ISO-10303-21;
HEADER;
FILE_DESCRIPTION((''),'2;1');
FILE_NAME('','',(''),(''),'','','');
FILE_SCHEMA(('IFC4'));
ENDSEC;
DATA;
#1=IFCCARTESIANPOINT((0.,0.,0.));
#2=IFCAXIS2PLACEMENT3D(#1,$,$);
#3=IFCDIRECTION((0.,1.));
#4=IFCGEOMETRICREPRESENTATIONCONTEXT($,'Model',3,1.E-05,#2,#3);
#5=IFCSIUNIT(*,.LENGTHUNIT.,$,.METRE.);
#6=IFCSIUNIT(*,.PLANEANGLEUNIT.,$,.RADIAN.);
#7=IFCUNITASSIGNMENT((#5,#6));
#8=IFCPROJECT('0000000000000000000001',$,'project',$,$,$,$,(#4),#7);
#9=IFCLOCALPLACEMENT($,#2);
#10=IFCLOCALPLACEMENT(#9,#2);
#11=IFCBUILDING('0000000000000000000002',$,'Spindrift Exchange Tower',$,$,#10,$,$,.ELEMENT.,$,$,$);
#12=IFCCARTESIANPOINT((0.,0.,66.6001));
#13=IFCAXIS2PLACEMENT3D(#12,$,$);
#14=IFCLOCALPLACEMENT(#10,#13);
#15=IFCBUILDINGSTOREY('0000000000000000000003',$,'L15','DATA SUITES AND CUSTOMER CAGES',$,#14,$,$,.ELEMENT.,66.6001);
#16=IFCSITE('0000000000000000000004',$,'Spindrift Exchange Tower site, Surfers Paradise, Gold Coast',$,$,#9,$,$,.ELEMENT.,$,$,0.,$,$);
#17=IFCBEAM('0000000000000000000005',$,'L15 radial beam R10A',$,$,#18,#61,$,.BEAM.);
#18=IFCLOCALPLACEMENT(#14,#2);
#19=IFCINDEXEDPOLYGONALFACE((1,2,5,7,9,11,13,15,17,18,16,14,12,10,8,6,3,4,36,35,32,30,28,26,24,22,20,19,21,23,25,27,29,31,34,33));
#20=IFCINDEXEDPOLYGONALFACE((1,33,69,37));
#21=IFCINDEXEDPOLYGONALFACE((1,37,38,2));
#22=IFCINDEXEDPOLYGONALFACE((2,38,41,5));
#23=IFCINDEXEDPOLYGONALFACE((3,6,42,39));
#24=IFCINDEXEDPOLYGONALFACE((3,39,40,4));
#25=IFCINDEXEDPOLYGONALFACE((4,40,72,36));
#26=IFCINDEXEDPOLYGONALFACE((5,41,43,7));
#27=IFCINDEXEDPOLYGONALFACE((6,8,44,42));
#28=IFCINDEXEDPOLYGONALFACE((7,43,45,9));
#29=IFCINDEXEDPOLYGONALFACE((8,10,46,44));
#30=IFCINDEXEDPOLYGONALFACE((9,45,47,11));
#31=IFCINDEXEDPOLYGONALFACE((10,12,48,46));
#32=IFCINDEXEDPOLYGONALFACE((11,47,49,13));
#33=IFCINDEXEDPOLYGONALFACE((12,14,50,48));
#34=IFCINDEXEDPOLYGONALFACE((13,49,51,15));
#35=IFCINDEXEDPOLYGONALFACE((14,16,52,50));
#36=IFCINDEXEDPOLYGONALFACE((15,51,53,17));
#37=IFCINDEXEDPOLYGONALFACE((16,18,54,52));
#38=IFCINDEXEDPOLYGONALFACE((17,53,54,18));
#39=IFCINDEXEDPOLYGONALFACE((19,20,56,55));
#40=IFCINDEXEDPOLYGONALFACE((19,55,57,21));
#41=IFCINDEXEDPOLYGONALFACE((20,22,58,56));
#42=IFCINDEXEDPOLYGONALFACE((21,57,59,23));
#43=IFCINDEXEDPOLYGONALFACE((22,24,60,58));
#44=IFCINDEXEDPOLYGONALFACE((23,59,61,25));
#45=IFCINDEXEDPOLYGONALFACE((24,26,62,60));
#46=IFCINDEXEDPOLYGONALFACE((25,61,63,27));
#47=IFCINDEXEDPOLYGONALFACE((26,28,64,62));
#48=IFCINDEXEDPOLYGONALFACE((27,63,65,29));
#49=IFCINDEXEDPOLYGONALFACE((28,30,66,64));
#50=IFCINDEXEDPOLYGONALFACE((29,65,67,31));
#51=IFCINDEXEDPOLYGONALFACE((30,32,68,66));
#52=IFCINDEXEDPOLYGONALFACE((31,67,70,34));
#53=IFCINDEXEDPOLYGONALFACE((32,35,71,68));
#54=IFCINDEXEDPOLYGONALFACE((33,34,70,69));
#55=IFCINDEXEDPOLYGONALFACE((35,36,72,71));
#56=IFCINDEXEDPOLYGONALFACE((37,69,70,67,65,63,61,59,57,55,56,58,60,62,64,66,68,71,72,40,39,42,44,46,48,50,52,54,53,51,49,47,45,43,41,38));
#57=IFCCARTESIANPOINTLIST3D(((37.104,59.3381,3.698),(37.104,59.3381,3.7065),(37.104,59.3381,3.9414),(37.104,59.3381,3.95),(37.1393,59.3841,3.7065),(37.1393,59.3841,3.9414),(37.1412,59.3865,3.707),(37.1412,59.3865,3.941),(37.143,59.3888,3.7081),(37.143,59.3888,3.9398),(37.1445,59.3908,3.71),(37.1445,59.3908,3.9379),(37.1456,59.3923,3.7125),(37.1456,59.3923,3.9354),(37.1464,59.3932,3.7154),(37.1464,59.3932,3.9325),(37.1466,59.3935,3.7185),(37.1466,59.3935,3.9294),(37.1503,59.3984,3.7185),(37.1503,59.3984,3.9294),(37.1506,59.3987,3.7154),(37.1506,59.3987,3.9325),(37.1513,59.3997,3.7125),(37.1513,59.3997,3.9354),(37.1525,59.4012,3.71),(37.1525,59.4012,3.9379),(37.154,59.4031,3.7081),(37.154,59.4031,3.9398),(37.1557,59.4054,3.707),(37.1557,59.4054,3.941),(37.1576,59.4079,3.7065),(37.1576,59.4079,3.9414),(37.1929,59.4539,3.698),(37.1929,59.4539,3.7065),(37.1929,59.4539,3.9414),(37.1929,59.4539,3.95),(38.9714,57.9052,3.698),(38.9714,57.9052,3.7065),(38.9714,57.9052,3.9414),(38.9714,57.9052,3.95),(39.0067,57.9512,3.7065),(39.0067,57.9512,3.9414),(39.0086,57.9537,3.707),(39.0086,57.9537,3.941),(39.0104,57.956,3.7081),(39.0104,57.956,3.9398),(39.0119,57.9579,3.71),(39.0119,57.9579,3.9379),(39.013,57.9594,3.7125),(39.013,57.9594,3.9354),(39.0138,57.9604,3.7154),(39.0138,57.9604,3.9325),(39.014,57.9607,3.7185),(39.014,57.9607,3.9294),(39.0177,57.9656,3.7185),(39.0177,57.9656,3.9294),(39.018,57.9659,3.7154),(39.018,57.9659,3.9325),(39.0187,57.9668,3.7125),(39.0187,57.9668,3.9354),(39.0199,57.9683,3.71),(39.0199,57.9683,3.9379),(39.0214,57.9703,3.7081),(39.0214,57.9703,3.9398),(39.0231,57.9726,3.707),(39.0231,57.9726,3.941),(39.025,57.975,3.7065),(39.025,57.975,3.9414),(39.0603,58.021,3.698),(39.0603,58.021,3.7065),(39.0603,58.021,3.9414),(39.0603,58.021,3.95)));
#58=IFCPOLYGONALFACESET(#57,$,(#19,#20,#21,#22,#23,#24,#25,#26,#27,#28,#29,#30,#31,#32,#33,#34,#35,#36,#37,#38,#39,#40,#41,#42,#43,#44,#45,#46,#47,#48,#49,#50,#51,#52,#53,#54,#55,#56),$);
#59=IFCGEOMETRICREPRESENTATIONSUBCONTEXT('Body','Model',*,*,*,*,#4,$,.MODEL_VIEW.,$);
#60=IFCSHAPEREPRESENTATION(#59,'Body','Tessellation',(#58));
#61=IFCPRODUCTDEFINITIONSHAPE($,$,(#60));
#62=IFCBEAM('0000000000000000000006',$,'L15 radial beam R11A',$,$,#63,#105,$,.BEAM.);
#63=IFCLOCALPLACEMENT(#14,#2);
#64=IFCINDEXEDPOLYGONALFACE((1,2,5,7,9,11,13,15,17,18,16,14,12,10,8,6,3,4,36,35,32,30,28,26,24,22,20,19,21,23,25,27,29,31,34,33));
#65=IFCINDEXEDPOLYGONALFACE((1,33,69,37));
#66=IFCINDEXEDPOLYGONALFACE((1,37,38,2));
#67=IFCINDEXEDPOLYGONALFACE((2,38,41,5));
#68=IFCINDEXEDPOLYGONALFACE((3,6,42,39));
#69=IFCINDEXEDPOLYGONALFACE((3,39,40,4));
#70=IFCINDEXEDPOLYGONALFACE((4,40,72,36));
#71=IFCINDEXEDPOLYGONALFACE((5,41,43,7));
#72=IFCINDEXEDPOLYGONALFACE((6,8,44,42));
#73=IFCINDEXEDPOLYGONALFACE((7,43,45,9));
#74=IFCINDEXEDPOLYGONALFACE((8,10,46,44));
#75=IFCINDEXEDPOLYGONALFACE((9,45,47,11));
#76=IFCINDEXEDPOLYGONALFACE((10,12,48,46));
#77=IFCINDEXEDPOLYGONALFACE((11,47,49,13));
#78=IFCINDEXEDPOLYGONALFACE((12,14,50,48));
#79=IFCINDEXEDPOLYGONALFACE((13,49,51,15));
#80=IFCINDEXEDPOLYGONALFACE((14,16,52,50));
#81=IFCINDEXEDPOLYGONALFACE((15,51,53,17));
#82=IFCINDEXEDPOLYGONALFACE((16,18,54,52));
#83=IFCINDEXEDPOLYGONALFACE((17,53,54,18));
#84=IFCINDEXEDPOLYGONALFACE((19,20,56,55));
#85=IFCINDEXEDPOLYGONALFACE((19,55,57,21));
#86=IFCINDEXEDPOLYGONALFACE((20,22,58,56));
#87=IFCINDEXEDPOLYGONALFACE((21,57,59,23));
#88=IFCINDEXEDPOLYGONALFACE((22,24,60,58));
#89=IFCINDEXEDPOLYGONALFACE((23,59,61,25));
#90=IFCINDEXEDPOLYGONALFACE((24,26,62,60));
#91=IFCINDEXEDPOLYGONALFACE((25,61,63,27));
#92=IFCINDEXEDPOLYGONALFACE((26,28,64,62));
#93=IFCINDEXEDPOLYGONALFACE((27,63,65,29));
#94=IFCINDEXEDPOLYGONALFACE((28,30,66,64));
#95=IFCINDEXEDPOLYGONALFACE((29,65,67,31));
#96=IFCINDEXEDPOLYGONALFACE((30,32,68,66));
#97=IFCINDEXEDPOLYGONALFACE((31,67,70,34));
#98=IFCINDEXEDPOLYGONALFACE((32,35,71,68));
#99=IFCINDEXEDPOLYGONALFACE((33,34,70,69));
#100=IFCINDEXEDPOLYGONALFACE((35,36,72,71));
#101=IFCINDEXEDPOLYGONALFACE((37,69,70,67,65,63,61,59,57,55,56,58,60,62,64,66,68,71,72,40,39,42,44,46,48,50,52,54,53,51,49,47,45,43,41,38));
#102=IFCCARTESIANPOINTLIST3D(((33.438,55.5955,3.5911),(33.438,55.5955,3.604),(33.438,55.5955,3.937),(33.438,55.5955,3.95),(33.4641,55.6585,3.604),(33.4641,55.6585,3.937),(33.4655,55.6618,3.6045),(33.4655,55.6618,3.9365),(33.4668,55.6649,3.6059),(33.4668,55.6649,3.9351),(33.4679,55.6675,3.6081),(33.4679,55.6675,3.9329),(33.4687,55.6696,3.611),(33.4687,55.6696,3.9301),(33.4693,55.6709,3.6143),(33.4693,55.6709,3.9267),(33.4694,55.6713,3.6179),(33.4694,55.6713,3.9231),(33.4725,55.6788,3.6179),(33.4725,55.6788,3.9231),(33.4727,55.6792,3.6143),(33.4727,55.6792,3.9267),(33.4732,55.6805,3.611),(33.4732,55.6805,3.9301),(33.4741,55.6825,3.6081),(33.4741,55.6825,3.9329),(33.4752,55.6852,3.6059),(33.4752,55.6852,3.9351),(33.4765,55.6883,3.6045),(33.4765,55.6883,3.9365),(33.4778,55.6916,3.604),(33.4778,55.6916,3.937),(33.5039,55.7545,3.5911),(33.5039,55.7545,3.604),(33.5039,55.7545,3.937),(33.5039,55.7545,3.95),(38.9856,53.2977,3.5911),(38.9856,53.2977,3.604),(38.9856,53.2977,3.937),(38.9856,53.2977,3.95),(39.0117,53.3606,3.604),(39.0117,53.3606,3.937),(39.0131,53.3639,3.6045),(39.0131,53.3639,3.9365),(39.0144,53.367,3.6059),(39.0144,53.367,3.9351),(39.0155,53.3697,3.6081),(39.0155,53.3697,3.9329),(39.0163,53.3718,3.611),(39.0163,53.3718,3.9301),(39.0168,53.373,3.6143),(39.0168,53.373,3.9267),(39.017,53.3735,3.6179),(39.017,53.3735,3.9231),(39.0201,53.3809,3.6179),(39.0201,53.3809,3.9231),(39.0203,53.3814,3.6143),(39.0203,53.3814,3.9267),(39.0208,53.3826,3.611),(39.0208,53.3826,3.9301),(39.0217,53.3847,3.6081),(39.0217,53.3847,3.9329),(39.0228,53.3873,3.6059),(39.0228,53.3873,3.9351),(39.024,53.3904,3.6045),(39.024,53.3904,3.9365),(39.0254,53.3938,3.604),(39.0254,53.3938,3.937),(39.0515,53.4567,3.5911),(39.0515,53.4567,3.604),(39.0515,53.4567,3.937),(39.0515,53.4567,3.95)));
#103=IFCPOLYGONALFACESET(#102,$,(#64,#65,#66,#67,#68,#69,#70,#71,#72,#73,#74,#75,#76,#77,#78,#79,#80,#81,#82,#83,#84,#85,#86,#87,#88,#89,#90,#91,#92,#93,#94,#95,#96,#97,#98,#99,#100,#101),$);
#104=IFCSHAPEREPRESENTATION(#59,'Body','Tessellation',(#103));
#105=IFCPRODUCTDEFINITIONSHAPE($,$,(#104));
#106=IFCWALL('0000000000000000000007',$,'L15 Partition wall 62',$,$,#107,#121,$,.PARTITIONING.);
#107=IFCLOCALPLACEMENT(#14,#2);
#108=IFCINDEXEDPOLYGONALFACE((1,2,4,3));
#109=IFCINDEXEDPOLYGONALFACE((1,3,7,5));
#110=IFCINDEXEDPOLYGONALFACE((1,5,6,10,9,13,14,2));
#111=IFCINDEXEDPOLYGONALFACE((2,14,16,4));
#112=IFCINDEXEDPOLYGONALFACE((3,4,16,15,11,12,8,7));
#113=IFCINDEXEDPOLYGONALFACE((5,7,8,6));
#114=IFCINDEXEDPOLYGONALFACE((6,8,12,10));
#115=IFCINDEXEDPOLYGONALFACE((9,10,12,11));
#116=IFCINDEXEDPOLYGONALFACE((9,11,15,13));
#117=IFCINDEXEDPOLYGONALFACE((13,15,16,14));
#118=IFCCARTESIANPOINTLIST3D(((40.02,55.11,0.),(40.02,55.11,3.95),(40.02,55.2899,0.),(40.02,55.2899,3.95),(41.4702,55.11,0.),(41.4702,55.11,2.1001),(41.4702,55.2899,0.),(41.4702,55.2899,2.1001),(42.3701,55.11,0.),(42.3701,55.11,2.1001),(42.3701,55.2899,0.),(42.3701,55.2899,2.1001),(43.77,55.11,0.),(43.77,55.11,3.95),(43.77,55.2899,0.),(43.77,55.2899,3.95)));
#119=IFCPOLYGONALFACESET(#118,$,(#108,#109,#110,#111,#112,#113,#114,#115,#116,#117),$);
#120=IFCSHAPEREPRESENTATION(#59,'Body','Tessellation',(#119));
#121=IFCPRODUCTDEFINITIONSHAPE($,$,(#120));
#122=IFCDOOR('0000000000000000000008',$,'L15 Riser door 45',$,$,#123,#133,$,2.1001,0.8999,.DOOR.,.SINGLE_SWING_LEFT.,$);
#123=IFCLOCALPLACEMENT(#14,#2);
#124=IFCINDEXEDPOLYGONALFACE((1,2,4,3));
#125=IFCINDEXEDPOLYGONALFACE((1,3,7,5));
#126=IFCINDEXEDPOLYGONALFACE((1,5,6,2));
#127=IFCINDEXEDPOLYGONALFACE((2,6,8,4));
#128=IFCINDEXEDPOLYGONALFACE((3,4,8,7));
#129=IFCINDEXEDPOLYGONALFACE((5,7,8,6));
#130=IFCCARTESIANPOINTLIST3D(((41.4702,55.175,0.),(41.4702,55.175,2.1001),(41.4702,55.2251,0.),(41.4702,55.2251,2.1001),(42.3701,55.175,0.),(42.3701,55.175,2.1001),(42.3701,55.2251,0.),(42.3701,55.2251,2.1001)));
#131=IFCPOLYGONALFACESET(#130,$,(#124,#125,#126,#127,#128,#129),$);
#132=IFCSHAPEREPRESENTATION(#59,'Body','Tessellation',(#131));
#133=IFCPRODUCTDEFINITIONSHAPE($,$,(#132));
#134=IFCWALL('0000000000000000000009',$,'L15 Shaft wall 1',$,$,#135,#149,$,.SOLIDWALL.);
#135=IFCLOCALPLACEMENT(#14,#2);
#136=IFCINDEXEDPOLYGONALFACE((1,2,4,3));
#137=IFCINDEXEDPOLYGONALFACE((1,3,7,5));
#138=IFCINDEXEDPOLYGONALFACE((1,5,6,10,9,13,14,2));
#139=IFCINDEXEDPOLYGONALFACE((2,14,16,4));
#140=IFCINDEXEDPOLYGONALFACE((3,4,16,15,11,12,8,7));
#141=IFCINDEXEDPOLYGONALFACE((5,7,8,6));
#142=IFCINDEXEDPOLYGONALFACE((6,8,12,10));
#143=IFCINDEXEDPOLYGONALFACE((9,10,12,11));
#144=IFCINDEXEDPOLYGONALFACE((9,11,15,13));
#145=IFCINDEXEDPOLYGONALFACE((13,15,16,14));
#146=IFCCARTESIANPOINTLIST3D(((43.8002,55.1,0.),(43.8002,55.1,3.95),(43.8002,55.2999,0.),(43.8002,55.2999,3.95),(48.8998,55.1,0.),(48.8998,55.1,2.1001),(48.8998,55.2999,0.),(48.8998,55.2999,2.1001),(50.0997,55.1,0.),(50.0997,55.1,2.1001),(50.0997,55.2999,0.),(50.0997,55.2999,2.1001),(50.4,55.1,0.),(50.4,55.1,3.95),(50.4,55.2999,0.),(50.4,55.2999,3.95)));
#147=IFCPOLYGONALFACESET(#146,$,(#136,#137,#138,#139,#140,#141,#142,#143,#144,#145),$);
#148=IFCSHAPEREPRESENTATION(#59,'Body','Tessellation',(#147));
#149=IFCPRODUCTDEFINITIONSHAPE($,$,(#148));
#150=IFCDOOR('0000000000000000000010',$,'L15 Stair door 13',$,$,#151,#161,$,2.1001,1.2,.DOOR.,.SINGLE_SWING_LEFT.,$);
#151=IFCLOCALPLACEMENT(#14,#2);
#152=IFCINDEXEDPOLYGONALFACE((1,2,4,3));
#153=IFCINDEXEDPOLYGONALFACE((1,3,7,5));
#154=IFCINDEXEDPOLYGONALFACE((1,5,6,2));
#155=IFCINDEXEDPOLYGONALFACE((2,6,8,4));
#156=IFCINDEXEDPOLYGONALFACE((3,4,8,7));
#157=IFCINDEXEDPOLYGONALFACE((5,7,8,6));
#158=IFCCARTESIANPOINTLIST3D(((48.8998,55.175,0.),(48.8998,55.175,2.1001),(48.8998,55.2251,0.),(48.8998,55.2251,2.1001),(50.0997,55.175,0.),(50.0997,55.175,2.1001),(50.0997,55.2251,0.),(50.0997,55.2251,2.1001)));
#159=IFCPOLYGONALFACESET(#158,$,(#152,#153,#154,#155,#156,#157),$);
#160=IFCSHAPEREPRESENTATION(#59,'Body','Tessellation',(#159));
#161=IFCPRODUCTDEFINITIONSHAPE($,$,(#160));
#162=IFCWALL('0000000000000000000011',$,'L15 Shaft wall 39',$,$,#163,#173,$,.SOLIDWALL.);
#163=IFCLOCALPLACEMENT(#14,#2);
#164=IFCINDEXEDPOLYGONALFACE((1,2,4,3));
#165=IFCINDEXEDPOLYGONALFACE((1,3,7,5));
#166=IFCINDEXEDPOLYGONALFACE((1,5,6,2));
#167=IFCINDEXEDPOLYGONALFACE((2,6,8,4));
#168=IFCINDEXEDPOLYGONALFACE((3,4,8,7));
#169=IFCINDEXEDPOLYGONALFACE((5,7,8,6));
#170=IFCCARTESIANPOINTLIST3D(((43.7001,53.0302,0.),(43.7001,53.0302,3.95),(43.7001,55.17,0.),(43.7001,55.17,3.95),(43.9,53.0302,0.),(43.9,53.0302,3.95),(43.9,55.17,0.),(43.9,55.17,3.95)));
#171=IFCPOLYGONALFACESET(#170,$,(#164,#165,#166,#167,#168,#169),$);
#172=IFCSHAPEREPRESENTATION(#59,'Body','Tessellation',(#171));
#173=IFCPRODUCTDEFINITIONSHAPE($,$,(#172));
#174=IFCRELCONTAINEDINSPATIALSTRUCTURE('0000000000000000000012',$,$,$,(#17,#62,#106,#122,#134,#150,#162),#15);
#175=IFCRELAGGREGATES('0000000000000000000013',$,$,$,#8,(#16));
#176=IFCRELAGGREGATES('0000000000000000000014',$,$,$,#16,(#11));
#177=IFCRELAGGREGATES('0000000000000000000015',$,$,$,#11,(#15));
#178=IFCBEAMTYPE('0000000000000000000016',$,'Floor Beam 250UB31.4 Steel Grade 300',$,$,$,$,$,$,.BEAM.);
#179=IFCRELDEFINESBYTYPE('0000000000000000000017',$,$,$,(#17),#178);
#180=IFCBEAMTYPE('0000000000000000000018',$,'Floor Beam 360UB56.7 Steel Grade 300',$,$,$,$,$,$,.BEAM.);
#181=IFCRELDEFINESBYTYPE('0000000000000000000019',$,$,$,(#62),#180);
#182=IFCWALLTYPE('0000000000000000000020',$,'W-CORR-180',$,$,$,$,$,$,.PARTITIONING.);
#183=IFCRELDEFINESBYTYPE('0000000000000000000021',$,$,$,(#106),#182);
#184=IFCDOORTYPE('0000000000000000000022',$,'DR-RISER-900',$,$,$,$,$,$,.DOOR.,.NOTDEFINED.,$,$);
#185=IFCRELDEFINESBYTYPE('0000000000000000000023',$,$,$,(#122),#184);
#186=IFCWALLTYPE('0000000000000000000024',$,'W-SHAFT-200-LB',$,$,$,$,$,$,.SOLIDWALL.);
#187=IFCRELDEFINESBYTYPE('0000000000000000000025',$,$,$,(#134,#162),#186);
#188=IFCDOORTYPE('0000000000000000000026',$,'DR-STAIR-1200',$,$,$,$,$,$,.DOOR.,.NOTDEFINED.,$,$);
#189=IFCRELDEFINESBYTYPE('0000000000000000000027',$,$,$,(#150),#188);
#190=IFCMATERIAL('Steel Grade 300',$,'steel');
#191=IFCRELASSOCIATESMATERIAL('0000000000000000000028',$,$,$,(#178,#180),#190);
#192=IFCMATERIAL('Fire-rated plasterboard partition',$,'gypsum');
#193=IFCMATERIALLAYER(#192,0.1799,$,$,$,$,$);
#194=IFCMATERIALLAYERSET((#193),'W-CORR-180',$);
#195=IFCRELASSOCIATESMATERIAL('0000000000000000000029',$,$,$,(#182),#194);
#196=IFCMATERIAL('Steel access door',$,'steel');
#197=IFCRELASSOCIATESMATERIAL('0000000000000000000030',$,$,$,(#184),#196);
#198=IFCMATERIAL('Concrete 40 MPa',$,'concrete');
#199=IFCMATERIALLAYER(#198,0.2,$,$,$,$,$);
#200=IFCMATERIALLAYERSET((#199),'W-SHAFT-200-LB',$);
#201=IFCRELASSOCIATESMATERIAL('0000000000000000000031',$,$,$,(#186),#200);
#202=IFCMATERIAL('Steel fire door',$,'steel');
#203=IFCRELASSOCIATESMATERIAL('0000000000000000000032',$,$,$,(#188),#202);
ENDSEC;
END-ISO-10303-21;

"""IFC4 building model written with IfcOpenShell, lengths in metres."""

from ifc_helpers import new_model, si_unit, direction, frame, frame_2d, origin, origin_2d, place, context, subcontext, project, spatial, rectangle, i_section, extrude, source, transform, mapped, material, layer, layer_set, material_profile, profile_set, type_object, element, fill, save


model = new_model("IFC4")

# Units and contexts
model_context = context("Model", 3, precision=1e-05, world=origin(), true_north=direction((0.0, 1.0)))
body_context = subcontext(model_context, "Body", "Model", "MODEL_VIEW")
ifc_project = project(units=[si_unit("LENGTHUNIT", "METRE"), si_unit("PLANEANGLEUNIT", "RADIAN")], contexts=[model_context])

# Site, building, storey
site_placement = place(None, origin())
site = spatial("IfcSite", under=ifc_project, at=site_placement, Name="Spindrift Exchange Tower site, Surfers Paradise, Gold Coast", CompositionType="ELEMENT", RefElevation=0.0)
building_placement = place(site_placement, origin())
building = spatial("IfcBuilding", under=site, at=building_placement, Name="Spindrift Exchange Tower", CompositionType="ELEMENT")
storey_placement = place(building_placement, frame((0.0, 0.0, 66.6001)))
storey = spatial("IfcBuildingStorey", under=building, at=storey_placement, Name="L15", Description="DATA SUITES AND CUSTOMER CAGES", CompositionType="ELEMENT", Elevation=66.6001)

# Beams
ifc_material_1 = material(Name="Steel Grade 300", Category="steel")
ifc_material_profile_1 = material_profile(ifc_material_1, i_section(OverallWidth=0.146, OverallDepth=0.252, WebThickness=0.0061, FlangeThickness=0.0085, FilletRadius=0.012, at=origin_2d()), Name="250UB31.4")
ifc_profile_set_1 = profile_set([ifc_material_profile_1], Name="Steel Grade 300")
beam_type_1 = type_object("IfcBeamType", Name="Floor Beam 250UB31.4 Steel Grade 300", PredefinedType="BEAM", material=ifc_profile_set_1)
shared_shape_1 = source(origin(), body_context, "Body", "SweptSolid", [
    extrude(i_section(OverallWidth=0.146, OverallDepth=0.252, WebThickness=0.0061, FlangeThickness=0.0085, FilletRadius=0.012, at=origin_2d()), origin(), (0.0, 0.0, 1.0), 2.3538),
])
beam_1_placement = place(storey_placement, frame((39.0159, 57.9631, 3.824), z_axis=(-0.793368, 0.608743, 0.0), x_axis=(-0.608743, -0.793368, 0.0)))
element("IfcBeam", 1, at=beam_1_placement, inside=storey, type_object=beam_type_1, Name="L15 radial beam R10A", PredefinedType="BEAM", context=body_context, shape_type="MappedRepresentation", body=[
    mapped(shared_shape_1, transform((0.0, 0.0, 0.0), scale=1.0)),
])
ifc_material_profile_2 = material_profile(ifc_material_1, i_section(OverallWidth=0.1721, OverallDepth=0.3589, WebThickness=0.0081, FlangeThickness=0.0129, FilletRadius=0.0139, at=origin_2d()), Name="360UB56.7")
ifc_profile_set_2 = profile_set([ifc_material_profile_2], Name="Steel Grade 300")
beam_type_2 = type_object("IfcBeamType", Name="Floor Beam 360UB56.7 Steel Grade 300", PredefinedType="BEAM", material=ifc_profile_set_2)
shared_shape_2 = source(origin(), body_context, "Body", "SweptSolid", [
    extrude(i_section(OverallWidth=0.1721, OverallDepth=0.3589, WebThickness=0.0081, FlangeThickness=0.0129, FilletRadius=0.0139, at=origin_2d()), origin(), (0.0, 0.0, 1.0), 6.0046),
])
beam_2_placement = place(storey_placement, frame((39.0186, 53.3772, 3.7705), z_axis=(-0.923882, 0.382677, 0.0), x_axis=(-0.382677, -0.923882, 0.0)))
element("IfcBeam", 2, at=beam_2_placement, inside=storey, type_object=beam_type_2, Name="L15 radial beam R11A", PredefinedType="BEAM", context=body_context, shape_type="MappedRepresentation", body=[
    mapped(shared_shape_2, transform((0.0, 0.0, 0.0), scale=1.0)),
])

# Walls, openings, doors
ifc_material_2 = material(Name="Fire-rated plasterboard partition", Category="gypsum")
ifc_layer_1 = layer(ifc_material_2, 0.1799)
ifc_layer_set_1 = layer_set([ifc_layer_1], Name="W-CORR-180")
wall_type_1 = type_object("IfcWallType", Name="W-CORR-180", PredefinedType="PARTITIONING", material=ifc_layer_set_1)
wall_1_placement = place(storey_placement, frame((43.77, 55.2, 0.0), z_axis=(0.0, 0.0, 1.0), x_axis=(-1.0, 0.0, 0.0)))
wall_1 = element("IfcWall", 3, at=wall_1_placement, inside=storey, type_object=wall_type_1, Name="L15 Partition wall 62", PredefinedType="PARTITIONING", context=body_context, shape_type="SweptSolid", body=[
    extrude(rectangle(XDim=3.75, YDim=0.1799, at=frame_2d((1.875, 0.0))), origin(), (0.0, 0.0, 1.0), 3.95),
])
opening_1_placement = place(wall_1_placement, frame((1.3999, 0.0, 0.0)))
opening_1 = element("IfcOpeningElement", 4, at=opening_1_placement, cuts=wall_1, PredefinedType="OPENING", context=body_context, shape_type="SweptSolid", body=[
    extrude(rectangle(XDim=0.8999, YDim=2.1001, at=frame_2d((0.45, 1.05))), frame((0.0, 0.0999, 0.0), z_axis=(0.0, -1.0, 0.0), x_axis=(1.0, 0.0, 0.0)), (0.0, 0.0, 1.0), 0.2),
])
ifc_material_3 = material(Name="Steel access door", Category="steel")
door_type_1 = type_object("IfcDoorType", Name="DR-RISER-900", OperationType="NOTDEFINED", PredefinedType="DOOR", material=ifc_material_3)
shared_shape_3 = source(origin(), body_context, "Body", "SweptSolid", [
    extrude(rectangle(XDim=0.8999, YDim=2.1001, at=frame_2d((0.45, 1.05))), frame((0.0, 0.0249, 0.0), z_axis=(0.0, -1.0, 0.0), x_axis=(1.0, 0.0, 0.0)), (0.0, 0.0, 1.0), 0.05),
])
door_1_placement = place(opening_1_placement, origin())
door_1 = element("IfcDoor", 5, at=door_1_placement, inside=storey, type_object=door_type_1, Name="L15 Riser door 45", OperationType="SINGLE_SWING_LEFT", OverallHeight=2.1001, OverallWidth=0.8999, PredefinedType="DOOR", context=body_context, shape_type="MappedRepresentation", body=[
    mapped(shared_shape_3, transform((0.0, 0.0, 0.0), scale=1.0)),
])
fill(opening_1, door_1)
ifc_material_4 = material(Name="Concrete 40 MPa", Category="concrete")
ifc_layer_2 = layer(ifc_material_4, 0.2)
ifc_layer_set_2 = layer_set([ifc_layer_2], Name="W-SHAFT-200-LB")
wall_type_2 = type_object("IfcWallType", Name="W-SHAFT-200-LB", PredefinedType="SOLIDWALL", material=ifc_layer_set_2)
wall_2_placement = place(storey_placement, frame((50.3999, 55.2, 0.0), z_axis=(0.0, 0.0, 1.0), x_axis=(-1.0, 0.0, 0.0)))
wall_2 = element("IfcWall", 6, at=wall_2_placement, inside=storey, type_object=wall_type_2, Name="L15 Shaft wall 1", PredefinedType="SOLIDWALL", context=body_context, shape_type="SweptSolid", body=[
    extrude(rectangle(XDim=6.5999, YDim=0.2, at=frame_2d((3.2998, 0.0))), origin(), (0.0, 0.0, 1.0), 3.95),
])
opening_2_placement = place(wall_2_placement, frame((0.3, 0.0, 0.0)))
opening_2 = element("IfcOpeningElement", 7, at=opening_2_placement, cuts=wall_2, PredefinedType="OPENING", context=body_context, shape_type="SweptSolid", body=[
    extrude(rectangle(XDim=1.2, YDim=2.1001, at=frame_2d((0.6001, 1.05))), frame((0.0, 0.1099, 0.0), z_axis=(0.0, -1.0, 0.0), x_axis=(1.0, 0.0, 0.0)), (0.0, 0.0, 1.0), 0.22),
])
ifc_material_5 = material(Name="Steel fire door", Category="steel")
door_type_2 = type_object("IfcDoorType", Name="DR-STAIR-1200", OperationType="NOTDEFINED", PredefinedType="DOOR", material=ifc_material_5)
shared_shape_4 = source(origin(), body_context, "Body", "SweptSolid", [
    extrude(rectangle(XDim=1.2, YDim=2.1001, at=frame_2d((0.6001, 1.05))), frame((0.0, 0.0249, 0.0), z_axis=(0.0, -1.0, 0.0), x_axis=(1.0, 0.0, 0.0)), (0.0, 0.0, 1.0), 0.05),
])
door_2_placement = place(opening_2_placement, origin())
door_2 = element("IfcDoor", 8, at=door_2_placement, inside=storey, type_object=door_type_2, Name="L15 Stair door 13", OperationType="SINGLE_SWING_LEFT", OverallHeight=2.1001, OverallWidth=1.2, PredefinedType="DOOR", context=body_context, shape_type="MappedRepresentation", body=[
    mapped(shared_shape_4, transform((0.0, 0.0, 0.0), scale=1.0)),
])
fill(opening_2, door_2)

# Wall
wall_3_placement = place(storey_placement, frame((43.8, 55.1699, 0.0), z_axis=(0.0, 0.0, 1.0), x_axis=(0.0, -1.0, 0.0)))
element("IfcWall", 9, at=wall_3_placement, inside=storey, type_object=wall_type_2, Name="L15 Shaft wall 39", PredefinedType="SOLIDWALL", context=body_context, shape_type="SweptSolid", body=[
    extrude(rectangle(XDim=2.1399, YDim=0.2, at=frame_2d((1.0698, 0.0))), origin(), (0.0, 0.0, 1.0), 3.95),
])

save(model, "model.ifc")
